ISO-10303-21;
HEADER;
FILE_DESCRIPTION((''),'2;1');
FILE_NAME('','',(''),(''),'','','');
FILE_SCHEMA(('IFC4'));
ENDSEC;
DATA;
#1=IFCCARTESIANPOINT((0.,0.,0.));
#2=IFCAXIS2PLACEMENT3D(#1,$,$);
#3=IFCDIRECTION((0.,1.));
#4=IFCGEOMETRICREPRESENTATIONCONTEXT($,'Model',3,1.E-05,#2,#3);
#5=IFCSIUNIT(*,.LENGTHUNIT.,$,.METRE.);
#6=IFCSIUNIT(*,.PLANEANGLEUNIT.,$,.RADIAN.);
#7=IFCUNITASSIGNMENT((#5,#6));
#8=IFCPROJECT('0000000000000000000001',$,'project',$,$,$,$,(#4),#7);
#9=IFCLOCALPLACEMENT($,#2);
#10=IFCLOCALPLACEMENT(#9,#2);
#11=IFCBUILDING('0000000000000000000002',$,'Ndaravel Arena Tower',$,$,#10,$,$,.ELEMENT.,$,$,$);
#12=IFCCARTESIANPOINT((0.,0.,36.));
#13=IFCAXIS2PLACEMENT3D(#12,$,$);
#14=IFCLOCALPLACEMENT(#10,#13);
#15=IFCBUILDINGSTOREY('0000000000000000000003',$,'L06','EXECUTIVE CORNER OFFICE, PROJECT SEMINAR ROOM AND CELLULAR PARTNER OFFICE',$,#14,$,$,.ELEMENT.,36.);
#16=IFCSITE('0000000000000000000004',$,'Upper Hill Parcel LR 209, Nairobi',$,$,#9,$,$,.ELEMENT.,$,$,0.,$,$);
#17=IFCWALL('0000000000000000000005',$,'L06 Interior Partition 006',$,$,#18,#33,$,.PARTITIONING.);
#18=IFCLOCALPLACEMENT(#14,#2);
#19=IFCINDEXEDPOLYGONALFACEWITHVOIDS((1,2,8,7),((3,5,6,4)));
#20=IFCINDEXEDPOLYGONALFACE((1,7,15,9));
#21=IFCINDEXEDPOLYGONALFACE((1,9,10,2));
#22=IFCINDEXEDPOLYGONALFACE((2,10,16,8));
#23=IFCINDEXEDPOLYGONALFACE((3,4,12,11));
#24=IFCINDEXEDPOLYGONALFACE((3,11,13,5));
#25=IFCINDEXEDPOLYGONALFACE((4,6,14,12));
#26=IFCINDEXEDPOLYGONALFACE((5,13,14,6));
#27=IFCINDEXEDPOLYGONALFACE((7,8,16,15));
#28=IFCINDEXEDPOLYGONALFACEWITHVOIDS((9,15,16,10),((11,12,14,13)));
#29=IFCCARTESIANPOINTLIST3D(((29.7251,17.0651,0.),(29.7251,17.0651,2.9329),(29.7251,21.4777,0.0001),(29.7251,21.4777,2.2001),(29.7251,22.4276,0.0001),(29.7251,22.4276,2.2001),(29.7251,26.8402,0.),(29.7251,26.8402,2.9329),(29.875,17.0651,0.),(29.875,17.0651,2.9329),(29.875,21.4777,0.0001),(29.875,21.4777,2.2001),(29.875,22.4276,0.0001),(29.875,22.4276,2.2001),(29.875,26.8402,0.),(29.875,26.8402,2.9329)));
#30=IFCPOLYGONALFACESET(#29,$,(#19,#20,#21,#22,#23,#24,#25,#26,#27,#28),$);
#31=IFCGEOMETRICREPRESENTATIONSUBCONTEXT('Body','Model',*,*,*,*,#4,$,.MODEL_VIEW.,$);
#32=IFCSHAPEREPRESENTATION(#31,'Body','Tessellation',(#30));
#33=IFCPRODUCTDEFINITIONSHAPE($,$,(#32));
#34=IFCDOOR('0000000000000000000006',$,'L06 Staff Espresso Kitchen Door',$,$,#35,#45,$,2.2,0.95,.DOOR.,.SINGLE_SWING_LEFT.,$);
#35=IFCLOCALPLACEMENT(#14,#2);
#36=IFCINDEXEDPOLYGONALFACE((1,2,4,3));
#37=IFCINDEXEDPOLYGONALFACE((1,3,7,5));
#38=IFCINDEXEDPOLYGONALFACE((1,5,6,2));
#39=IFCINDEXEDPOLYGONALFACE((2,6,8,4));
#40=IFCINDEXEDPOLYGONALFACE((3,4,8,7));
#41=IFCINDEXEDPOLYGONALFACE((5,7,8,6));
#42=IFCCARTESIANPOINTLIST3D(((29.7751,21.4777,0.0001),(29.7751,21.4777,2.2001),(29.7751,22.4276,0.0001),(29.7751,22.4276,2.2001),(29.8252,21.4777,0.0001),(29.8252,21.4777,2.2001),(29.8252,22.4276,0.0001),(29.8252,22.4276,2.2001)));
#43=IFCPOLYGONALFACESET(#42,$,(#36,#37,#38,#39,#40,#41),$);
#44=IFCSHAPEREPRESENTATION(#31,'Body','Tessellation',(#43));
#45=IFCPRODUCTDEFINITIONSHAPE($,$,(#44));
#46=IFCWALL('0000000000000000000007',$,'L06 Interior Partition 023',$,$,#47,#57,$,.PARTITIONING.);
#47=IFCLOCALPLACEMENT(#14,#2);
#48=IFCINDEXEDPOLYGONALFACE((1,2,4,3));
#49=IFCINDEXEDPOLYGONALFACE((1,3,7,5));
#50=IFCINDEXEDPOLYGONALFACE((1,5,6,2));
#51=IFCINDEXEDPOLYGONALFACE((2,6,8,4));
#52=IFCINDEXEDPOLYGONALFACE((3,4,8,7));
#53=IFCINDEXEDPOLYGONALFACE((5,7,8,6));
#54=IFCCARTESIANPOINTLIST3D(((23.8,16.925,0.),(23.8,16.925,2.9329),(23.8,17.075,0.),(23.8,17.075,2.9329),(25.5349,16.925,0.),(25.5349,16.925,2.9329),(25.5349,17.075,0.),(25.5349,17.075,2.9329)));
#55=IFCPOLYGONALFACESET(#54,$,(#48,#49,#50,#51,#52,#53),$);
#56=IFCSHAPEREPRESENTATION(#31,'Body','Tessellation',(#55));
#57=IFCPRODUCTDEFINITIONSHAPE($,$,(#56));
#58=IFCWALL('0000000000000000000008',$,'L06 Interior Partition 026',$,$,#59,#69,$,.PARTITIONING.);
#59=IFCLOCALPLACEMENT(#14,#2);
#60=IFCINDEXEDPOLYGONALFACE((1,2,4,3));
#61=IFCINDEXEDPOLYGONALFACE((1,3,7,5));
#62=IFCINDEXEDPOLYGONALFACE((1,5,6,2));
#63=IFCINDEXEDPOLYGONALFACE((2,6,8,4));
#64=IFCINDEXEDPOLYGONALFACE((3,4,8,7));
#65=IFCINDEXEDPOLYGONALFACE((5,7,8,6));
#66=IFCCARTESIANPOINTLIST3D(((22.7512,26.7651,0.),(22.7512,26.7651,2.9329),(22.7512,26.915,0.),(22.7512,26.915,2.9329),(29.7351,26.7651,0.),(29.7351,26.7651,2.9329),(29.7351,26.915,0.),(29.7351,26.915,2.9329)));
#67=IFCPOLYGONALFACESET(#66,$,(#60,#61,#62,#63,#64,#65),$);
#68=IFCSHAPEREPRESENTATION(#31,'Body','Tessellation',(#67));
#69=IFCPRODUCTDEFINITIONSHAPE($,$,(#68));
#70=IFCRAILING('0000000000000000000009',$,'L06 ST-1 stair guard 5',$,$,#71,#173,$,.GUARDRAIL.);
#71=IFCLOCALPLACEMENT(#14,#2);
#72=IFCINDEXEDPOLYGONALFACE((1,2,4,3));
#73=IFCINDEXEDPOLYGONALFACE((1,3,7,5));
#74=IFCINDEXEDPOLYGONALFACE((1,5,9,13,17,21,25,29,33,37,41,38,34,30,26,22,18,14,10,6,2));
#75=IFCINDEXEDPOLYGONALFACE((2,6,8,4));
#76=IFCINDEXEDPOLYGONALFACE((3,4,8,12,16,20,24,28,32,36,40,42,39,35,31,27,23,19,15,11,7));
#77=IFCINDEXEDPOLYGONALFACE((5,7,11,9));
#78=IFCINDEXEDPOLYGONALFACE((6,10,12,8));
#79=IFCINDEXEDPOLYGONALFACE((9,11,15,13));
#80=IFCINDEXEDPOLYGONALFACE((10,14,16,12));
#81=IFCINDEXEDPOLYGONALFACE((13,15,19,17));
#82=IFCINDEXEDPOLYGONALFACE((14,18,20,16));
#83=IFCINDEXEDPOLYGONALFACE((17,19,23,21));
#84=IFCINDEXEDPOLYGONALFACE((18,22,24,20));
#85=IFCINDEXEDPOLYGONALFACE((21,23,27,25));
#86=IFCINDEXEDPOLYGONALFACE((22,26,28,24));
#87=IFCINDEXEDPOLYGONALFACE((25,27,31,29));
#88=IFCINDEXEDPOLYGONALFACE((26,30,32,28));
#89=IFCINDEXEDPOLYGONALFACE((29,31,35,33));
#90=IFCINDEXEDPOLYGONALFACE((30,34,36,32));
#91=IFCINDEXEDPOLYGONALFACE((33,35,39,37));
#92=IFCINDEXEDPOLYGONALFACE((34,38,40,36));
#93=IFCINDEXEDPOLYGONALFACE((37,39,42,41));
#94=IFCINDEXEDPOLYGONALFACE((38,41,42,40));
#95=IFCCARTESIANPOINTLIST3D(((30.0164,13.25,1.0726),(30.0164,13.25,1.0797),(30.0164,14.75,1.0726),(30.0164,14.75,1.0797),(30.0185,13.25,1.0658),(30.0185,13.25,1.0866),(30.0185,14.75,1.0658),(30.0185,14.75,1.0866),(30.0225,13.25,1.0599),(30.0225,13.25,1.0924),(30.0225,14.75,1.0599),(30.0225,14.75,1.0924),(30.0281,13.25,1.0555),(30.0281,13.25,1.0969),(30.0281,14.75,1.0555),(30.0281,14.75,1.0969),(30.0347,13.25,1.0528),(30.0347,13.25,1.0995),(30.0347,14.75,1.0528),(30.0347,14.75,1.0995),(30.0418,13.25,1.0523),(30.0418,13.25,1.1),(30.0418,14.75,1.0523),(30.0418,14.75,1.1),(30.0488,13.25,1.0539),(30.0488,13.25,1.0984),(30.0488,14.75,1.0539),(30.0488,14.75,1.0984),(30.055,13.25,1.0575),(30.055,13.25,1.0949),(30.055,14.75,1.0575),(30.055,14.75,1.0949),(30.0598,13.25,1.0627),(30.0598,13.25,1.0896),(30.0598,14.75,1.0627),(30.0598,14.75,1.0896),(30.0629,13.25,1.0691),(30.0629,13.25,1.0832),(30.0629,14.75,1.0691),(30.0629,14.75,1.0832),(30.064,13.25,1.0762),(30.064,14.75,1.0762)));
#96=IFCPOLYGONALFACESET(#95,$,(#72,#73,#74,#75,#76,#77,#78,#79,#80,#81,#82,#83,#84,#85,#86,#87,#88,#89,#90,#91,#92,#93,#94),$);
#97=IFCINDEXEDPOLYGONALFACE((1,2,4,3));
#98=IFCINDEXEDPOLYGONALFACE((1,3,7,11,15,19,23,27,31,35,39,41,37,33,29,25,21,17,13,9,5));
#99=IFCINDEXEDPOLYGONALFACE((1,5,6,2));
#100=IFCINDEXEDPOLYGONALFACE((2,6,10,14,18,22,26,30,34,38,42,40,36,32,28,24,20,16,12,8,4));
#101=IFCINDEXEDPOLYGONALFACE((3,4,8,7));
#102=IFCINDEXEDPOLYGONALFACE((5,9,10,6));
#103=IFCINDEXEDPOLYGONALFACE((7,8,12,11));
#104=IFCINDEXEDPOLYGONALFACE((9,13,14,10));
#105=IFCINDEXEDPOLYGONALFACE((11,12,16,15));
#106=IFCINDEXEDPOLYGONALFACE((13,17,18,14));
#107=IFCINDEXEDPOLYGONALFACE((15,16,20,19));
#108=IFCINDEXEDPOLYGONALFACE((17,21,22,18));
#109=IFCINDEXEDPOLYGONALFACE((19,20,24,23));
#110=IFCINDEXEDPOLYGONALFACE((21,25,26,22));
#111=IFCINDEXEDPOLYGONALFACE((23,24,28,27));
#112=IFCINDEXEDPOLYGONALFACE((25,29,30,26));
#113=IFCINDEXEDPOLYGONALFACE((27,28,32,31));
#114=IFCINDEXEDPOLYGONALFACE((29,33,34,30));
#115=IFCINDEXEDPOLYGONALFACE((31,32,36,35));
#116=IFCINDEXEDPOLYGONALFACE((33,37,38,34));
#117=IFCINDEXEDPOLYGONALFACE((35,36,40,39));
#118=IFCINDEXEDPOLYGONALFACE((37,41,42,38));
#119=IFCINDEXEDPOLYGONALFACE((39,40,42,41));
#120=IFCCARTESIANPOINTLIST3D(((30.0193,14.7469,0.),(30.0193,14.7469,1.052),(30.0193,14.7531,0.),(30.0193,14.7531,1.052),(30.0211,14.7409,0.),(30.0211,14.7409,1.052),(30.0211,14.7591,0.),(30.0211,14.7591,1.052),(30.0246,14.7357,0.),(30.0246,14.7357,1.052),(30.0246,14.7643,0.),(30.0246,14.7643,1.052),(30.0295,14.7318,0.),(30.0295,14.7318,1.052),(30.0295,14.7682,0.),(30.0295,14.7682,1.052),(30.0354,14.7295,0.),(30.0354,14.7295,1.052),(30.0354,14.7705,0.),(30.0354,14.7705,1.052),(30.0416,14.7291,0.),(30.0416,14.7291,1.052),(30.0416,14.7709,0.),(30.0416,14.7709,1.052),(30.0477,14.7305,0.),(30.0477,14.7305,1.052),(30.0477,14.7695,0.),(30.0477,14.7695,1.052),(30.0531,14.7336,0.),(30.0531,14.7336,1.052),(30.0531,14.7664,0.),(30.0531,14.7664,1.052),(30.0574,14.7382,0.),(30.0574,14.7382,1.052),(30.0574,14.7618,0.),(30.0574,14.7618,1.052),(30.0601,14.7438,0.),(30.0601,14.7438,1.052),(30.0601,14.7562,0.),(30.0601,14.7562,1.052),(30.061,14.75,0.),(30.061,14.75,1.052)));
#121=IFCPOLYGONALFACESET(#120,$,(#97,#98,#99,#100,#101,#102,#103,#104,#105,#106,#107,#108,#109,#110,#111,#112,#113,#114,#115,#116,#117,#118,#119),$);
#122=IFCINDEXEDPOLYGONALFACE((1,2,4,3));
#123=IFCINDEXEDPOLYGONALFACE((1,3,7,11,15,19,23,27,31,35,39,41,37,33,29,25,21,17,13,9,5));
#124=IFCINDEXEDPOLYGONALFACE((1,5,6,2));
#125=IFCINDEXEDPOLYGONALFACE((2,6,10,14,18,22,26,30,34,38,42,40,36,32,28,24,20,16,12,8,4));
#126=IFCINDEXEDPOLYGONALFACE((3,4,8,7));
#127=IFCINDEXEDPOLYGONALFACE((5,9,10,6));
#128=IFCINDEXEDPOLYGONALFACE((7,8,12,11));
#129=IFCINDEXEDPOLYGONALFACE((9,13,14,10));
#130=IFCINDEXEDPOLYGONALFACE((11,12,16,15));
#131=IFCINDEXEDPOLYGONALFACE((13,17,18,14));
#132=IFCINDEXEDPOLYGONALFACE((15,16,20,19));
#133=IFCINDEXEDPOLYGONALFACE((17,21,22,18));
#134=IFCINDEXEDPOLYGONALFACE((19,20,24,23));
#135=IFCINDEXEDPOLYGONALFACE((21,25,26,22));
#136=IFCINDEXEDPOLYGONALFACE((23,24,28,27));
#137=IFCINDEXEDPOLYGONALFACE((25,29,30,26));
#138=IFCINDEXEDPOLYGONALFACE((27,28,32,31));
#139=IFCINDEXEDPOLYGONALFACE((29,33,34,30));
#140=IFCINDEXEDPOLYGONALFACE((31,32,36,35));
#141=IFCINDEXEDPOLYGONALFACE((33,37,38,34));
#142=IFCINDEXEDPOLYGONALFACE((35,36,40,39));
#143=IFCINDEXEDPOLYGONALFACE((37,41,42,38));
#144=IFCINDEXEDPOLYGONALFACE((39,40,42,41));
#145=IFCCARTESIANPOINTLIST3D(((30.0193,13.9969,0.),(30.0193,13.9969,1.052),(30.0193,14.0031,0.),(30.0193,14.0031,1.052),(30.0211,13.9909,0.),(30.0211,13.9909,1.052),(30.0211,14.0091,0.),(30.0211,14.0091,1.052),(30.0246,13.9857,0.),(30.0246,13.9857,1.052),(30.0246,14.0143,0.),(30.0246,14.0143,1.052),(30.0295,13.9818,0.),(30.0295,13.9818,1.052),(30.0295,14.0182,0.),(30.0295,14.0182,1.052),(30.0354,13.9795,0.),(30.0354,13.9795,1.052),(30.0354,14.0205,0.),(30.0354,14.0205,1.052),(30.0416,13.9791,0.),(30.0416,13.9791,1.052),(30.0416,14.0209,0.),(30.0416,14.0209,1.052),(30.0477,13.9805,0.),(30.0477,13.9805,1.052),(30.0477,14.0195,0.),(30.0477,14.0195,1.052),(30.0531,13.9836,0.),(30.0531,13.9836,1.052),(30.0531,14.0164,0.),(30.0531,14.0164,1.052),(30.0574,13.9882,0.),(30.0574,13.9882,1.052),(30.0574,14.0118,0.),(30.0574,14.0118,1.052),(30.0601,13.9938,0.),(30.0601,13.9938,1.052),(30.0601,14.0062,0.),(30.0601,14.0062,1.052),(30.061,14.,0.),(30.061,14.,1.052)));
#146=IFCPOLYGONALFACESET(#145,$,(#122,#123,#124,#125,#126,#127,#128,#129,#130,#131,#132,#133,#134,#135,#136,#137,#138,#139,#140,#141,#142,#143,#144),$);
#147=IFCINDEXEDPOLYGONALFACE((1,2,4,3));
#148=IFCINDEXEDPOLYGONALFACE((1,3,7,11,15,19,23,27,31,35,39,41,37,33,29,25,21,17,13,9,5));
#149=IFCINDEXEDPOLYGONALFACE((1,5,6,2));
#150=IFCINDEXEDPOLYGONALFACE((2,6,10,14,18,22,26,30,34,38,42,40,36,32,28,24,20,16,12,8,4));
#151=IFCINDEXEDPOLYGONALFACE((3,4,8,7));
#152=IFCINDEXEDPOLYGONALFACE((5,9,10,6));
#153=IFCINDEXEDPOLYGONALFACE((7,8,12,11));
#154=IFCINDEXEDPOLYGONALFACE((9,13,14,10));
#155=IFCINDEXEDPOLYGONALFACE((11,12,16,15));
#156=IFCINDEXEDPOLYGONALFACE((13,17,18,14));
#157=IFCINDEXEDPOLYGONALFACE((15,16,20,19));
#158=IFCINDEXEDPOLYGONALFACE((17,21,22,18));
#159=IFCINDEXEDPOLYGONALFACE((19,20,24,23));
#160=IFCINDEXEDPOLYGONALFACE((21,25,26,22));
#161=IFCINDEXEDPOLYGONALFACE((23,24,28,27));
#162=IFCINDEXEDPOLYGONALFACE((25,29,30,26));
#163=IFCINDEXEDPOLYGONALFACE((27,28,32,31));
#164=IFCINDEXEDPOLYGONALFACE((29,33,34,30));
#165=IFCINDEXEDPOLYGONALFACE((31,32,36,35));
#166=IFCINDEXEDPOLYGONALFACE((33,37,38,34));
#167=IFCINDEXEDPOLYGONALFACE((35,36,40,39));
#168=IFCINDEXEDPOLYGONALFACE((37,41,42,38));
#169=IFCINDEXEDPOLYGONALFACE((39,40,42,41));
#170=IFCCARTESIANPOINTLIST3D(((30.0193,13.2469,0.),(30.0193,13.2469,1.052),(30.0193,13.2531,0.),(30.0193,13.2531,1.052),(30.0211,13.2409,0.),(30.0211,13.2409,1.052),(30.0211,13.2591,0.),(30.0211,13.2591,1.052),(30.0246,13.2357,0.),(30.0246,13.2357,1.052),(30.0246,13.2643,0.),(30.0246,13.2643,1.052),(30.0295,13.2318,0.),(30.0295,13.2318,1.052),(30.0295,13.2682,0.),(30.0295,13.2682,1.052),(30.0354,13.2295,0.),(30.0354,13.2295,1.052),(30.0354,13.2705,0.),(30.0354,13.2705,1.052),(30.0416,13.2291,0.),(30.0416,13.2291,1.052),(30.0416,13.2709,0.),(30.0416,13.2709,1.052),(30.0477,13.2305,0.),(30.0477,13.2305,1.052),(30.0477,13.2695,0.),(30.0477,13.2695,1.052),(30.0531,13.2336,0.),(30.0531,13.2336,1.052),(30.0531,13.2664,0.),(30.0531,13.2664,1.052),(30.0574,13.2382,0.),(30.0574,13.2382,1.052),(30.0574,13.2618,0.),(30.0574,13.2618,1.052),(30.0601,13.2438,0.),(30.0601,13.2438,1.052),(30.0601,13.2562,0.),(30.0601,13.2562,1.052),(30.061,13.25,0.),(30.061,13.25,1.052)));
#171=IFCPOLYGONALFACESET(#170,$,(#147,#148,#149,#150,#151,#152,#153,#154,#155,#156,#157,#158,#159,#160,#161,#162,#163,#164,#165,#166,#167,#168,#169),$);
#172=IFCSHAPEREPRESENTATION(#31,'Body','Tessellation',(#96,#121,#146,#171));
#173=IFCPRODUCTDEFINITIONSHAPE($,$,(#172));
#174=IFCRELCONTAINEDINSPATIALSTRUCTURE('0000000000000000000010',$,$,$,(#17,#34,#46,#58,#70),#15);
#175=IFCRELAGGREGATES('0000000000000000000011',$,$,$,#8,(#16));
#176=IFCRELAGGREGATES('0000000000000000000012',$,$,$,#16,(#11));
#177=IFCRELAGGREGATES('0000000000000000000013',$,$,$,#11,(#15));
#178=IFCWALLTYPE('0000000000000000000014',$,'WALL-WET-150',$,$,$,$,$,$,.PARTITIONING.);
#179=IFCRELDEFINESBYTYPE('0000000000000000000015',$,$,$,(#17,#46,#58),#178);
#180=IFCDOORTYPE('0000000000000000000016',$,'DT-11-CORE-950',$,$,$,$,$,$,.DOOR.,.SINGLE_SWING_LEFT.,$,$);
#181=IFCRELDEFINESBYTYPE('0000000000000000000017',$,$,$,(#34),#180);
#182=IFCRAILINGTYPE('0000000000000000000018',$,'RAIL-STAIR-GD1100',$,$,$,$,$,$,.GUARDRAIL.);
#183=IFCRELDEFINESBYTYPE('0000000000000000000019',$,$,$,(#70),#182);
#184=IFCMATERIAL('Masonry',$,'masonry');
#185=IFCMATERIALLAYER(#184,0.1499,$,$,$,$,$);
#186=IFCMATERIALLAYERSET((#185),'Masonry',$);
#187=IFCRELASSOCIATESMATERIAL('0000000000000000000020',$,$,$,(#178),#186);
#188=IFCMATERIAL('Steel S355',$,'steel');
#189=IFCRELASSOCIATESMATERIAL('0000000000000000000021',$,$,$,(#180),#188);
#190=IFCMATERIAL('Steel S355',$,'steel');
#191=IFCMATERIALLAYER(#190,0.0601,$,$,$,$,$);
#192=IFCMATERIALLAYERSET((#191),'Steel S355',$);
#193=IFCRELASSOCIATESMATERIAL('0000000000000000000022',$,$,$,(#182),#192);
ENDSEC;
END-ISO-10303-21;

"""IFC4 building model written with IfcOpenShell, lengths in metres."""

from ifc_helpers import new_model, si_unit, direction, frame, frame_2d, origin, origin_2d, place, context, subcontext, project, spatial, rectangle, circle, extrude, material, layer, layer_set, type_object, element, fill, save


model = new_model("IFC4")

# Units and contexts
model_context = context("Model", 3, precision=1e-05, world=origin(), true_north=direction((0.0, 1.0)))
body_context = subcontext(model_context, "Body", "Model", "MODEL_VIEW")
ifc_project = project(units=[si_unit("LENGTHUNIT", "METRE"), si_unit("PLANEANGLEUNIT", "RADIAN")], contexts=[model_context])

# Site, building, storey
site_placement = place(None, origin())
site = spatial("IfcSite", under=ifc_project, at=site_placement, Name="Upper Hill Parcel LR 209, Nairobi", CompositionType="ELEMENT", RefElevation=0.0)
building_placement = place(site_placement, origin())
building = spatial("IfcBuilding", under=site, at=building_placement, Name="Ndaravel Arena Tower", CompositionType="ELEMENT")
storey_placement = place(building_placement, frame((0.0, 0.0, 36.0)))
storey = spatial("IfcBuildingStorey", under=building, at=storey_placement, Name="L06", Description="EXECUTIVE CORNER OFFICE, PROJECT SEMINAR ROOM AND CELLULAR PARTNER OFFICE", CompositionType="ELEMENT", Elevation=36.0)

# Shared definitions
ifc_material_1 = material(Name="Masonry", Category="masonry")
ifc_layer_1 = layer(ifc_material_1, 0.1499)
ifc_layer_set_1 = layer_set([ifc_layer_1], Name="Masonry")
wall_type_1 = type_object("IfcWallType", Name="WALL-WET-150", PredefinedType="PARTITIONING", material=ifc_layer_set_1)

# Wall, opening, door
wall_1_placement = place(storey_placement, frame((29.8, 17.0649, 0.0), z_axis=(0.0, 0.0, 1.0), x_axis=(0.0, 1.0, 0.0)))
wall_1 = element("IfcWall", 1, at=wall_1_placement, inside=storey, type_object=wall_type_1, Name="L06 Interior Partition 006", PredefinedType="PARTITIONING", context=body_context, shape_type="SweptSolid", body=[
    extrude(rectangle(XDim=9.7751, YDim=0.1499, at=frame_2d((4.8877, 0.0))), origin(), (0.0, 0.0, 1.0), 2.9329),
])
opening_1_placement = place(wall_1_placement, frame((4.4126, 0.0, 0.0)))
opening_1 = element("IfcOpeningElement", 2, at=opening_1_placement, cuts=wall_1, PredefinedType="OPENING", context=body_context, shape_type="SweptSolid", body=[
    extrude(rectangle(XDim=0.95, YDim=2.2, at=frame_2d((0.4751, 1.1001))), frame((0.0, 0.075, 0.0), z_axis=(0.0, -1.0, 0.0), x_axis=(1.0, 0.0, 0.0)), (0.0, 0.0, 1.0), 0.1499),
])
ifc_material_2 = material(Name="Steel S355", Category="steel")
door_type_1 = type_object("IfcDoorType", Name="DT-11-CORE-950", OperationType="SINGLE_SWING_LEFT", PredefinedType="DOOR", material=ifc_material_2)
door_1_placement = place(opening_1_placement, origin())
door_1 = element("IfcDoor", 3, at=door_1_placement, inside=storey, type_object=door_type_1, Name="L06 Staff Espresso Kitchen Door", OperationType="SINGLE_SWING_LEFT", OverallHeight=2.2, OverallWidth=0.95, PredefinedType="DOOR", context=body_context, shape_type="SweptSolid", body=[
    extrude(rectangle(XDim=0.95, YDim=2.2, at=frame_2d((0.4751, 1.1001))), frame((0.0, 0.0249, 0.0), z_axis=(0.0, -1.0, 0.0), x_axis=(1.0, 0.0, 0.0)), (0.0, 0.0, 1.0), 0.05),
])
fill(opening_1, door_1)

# Walls
wall_2_placement = place(storey_placement, frame((23.8, 17.0, 0.0), z_axis=(0.0, 0.0, 1.0), x_axis=(1.0, 0.0, 0.0)))
element("IfcWall", 4, at=wall_2_placement, inside=storey, type_object=wall_type_1, Name="L06 Interior Partition 023", PredefinedType="PARTITIONING", context=body_context, shape_type="SweptSolid", body=[
    extrude(rectangle(XDim=1.7349, YDim=0.1499, at=frame_2d((0.8674, 0.0))), origin(), (0.0, 0.0, 1.0), 2.9329),
])
wall_3_placement = place(storey_placement, frame((22.7512, 26.8401, 0.0), z_axis=(0.0, 0.0, 1.0), x_axis=(1.0, 0.0, 0.0)))
element("IfcWall", 5, at=wall_3_placement, inside=storey, type_object=wall_type_1, Name="L06 Interior Partition 026", PredefinedType="PARTITIONING", context=body_context, shape_type="SweptSolid", body=[
    extrude(rectangle(XDim=6.9839, YDim=0.1499, at=frame_2d((3.4919, 0.0))), origin(), (0.0, 0.0, 1.0), 2.9329),
])

# Railing
ifc_material_3 = material(Name="Steel S355", Category="steel")
ifc_layer_2 = layer(ifc_material_3, 0.0601)
ifc_layer_set_2 = layer_set([ifc_layer_2], Name="Steel S355")
railing_type = type_object("IfcRailingType", Name="RAIL-STAIR-GD1100", PredefinedType="GUARDRAIL", material=ifc_layer_set_2)
railing_placement = place(storey_placement, frame((30.04, 14.75, 0.0)))
element("IfcRailing", 6, at=railing_placement, inside=storey, type_object=railing_type, Name="L06 ST-1 stair guard 5", PredefinedType="GUARDRAIL", context=body_context, shape_type="SweptSolid", body=[
    extrude(circle(Radius=0.0239, at=origin_2d()), frame((0.0, 0.0, 1.0762), z_axis=(0.0, -1.0, 0.0), x_axis=(1.0, 0.0, 0.0)), (0.0, 0.0, 1.0), 1.5),
    extrude(circle(Radius=0.021, at=origin_2d()), origin(), (0.0, 0.0, 1.0), 1.052),
    extrude(circle(Radius=0.021, at=origin_2d()), frame((0.0, -0.75, 0.0)), (0.0, 0.0, 1.0), 1.052),
    extrude(circle(Radius=0.021, at=origin_2d()), frame((0.0, -1.5, 0.0)), (0.0, 0.0, 1.0), 1.052),
])

save(model, "model.ifc")
